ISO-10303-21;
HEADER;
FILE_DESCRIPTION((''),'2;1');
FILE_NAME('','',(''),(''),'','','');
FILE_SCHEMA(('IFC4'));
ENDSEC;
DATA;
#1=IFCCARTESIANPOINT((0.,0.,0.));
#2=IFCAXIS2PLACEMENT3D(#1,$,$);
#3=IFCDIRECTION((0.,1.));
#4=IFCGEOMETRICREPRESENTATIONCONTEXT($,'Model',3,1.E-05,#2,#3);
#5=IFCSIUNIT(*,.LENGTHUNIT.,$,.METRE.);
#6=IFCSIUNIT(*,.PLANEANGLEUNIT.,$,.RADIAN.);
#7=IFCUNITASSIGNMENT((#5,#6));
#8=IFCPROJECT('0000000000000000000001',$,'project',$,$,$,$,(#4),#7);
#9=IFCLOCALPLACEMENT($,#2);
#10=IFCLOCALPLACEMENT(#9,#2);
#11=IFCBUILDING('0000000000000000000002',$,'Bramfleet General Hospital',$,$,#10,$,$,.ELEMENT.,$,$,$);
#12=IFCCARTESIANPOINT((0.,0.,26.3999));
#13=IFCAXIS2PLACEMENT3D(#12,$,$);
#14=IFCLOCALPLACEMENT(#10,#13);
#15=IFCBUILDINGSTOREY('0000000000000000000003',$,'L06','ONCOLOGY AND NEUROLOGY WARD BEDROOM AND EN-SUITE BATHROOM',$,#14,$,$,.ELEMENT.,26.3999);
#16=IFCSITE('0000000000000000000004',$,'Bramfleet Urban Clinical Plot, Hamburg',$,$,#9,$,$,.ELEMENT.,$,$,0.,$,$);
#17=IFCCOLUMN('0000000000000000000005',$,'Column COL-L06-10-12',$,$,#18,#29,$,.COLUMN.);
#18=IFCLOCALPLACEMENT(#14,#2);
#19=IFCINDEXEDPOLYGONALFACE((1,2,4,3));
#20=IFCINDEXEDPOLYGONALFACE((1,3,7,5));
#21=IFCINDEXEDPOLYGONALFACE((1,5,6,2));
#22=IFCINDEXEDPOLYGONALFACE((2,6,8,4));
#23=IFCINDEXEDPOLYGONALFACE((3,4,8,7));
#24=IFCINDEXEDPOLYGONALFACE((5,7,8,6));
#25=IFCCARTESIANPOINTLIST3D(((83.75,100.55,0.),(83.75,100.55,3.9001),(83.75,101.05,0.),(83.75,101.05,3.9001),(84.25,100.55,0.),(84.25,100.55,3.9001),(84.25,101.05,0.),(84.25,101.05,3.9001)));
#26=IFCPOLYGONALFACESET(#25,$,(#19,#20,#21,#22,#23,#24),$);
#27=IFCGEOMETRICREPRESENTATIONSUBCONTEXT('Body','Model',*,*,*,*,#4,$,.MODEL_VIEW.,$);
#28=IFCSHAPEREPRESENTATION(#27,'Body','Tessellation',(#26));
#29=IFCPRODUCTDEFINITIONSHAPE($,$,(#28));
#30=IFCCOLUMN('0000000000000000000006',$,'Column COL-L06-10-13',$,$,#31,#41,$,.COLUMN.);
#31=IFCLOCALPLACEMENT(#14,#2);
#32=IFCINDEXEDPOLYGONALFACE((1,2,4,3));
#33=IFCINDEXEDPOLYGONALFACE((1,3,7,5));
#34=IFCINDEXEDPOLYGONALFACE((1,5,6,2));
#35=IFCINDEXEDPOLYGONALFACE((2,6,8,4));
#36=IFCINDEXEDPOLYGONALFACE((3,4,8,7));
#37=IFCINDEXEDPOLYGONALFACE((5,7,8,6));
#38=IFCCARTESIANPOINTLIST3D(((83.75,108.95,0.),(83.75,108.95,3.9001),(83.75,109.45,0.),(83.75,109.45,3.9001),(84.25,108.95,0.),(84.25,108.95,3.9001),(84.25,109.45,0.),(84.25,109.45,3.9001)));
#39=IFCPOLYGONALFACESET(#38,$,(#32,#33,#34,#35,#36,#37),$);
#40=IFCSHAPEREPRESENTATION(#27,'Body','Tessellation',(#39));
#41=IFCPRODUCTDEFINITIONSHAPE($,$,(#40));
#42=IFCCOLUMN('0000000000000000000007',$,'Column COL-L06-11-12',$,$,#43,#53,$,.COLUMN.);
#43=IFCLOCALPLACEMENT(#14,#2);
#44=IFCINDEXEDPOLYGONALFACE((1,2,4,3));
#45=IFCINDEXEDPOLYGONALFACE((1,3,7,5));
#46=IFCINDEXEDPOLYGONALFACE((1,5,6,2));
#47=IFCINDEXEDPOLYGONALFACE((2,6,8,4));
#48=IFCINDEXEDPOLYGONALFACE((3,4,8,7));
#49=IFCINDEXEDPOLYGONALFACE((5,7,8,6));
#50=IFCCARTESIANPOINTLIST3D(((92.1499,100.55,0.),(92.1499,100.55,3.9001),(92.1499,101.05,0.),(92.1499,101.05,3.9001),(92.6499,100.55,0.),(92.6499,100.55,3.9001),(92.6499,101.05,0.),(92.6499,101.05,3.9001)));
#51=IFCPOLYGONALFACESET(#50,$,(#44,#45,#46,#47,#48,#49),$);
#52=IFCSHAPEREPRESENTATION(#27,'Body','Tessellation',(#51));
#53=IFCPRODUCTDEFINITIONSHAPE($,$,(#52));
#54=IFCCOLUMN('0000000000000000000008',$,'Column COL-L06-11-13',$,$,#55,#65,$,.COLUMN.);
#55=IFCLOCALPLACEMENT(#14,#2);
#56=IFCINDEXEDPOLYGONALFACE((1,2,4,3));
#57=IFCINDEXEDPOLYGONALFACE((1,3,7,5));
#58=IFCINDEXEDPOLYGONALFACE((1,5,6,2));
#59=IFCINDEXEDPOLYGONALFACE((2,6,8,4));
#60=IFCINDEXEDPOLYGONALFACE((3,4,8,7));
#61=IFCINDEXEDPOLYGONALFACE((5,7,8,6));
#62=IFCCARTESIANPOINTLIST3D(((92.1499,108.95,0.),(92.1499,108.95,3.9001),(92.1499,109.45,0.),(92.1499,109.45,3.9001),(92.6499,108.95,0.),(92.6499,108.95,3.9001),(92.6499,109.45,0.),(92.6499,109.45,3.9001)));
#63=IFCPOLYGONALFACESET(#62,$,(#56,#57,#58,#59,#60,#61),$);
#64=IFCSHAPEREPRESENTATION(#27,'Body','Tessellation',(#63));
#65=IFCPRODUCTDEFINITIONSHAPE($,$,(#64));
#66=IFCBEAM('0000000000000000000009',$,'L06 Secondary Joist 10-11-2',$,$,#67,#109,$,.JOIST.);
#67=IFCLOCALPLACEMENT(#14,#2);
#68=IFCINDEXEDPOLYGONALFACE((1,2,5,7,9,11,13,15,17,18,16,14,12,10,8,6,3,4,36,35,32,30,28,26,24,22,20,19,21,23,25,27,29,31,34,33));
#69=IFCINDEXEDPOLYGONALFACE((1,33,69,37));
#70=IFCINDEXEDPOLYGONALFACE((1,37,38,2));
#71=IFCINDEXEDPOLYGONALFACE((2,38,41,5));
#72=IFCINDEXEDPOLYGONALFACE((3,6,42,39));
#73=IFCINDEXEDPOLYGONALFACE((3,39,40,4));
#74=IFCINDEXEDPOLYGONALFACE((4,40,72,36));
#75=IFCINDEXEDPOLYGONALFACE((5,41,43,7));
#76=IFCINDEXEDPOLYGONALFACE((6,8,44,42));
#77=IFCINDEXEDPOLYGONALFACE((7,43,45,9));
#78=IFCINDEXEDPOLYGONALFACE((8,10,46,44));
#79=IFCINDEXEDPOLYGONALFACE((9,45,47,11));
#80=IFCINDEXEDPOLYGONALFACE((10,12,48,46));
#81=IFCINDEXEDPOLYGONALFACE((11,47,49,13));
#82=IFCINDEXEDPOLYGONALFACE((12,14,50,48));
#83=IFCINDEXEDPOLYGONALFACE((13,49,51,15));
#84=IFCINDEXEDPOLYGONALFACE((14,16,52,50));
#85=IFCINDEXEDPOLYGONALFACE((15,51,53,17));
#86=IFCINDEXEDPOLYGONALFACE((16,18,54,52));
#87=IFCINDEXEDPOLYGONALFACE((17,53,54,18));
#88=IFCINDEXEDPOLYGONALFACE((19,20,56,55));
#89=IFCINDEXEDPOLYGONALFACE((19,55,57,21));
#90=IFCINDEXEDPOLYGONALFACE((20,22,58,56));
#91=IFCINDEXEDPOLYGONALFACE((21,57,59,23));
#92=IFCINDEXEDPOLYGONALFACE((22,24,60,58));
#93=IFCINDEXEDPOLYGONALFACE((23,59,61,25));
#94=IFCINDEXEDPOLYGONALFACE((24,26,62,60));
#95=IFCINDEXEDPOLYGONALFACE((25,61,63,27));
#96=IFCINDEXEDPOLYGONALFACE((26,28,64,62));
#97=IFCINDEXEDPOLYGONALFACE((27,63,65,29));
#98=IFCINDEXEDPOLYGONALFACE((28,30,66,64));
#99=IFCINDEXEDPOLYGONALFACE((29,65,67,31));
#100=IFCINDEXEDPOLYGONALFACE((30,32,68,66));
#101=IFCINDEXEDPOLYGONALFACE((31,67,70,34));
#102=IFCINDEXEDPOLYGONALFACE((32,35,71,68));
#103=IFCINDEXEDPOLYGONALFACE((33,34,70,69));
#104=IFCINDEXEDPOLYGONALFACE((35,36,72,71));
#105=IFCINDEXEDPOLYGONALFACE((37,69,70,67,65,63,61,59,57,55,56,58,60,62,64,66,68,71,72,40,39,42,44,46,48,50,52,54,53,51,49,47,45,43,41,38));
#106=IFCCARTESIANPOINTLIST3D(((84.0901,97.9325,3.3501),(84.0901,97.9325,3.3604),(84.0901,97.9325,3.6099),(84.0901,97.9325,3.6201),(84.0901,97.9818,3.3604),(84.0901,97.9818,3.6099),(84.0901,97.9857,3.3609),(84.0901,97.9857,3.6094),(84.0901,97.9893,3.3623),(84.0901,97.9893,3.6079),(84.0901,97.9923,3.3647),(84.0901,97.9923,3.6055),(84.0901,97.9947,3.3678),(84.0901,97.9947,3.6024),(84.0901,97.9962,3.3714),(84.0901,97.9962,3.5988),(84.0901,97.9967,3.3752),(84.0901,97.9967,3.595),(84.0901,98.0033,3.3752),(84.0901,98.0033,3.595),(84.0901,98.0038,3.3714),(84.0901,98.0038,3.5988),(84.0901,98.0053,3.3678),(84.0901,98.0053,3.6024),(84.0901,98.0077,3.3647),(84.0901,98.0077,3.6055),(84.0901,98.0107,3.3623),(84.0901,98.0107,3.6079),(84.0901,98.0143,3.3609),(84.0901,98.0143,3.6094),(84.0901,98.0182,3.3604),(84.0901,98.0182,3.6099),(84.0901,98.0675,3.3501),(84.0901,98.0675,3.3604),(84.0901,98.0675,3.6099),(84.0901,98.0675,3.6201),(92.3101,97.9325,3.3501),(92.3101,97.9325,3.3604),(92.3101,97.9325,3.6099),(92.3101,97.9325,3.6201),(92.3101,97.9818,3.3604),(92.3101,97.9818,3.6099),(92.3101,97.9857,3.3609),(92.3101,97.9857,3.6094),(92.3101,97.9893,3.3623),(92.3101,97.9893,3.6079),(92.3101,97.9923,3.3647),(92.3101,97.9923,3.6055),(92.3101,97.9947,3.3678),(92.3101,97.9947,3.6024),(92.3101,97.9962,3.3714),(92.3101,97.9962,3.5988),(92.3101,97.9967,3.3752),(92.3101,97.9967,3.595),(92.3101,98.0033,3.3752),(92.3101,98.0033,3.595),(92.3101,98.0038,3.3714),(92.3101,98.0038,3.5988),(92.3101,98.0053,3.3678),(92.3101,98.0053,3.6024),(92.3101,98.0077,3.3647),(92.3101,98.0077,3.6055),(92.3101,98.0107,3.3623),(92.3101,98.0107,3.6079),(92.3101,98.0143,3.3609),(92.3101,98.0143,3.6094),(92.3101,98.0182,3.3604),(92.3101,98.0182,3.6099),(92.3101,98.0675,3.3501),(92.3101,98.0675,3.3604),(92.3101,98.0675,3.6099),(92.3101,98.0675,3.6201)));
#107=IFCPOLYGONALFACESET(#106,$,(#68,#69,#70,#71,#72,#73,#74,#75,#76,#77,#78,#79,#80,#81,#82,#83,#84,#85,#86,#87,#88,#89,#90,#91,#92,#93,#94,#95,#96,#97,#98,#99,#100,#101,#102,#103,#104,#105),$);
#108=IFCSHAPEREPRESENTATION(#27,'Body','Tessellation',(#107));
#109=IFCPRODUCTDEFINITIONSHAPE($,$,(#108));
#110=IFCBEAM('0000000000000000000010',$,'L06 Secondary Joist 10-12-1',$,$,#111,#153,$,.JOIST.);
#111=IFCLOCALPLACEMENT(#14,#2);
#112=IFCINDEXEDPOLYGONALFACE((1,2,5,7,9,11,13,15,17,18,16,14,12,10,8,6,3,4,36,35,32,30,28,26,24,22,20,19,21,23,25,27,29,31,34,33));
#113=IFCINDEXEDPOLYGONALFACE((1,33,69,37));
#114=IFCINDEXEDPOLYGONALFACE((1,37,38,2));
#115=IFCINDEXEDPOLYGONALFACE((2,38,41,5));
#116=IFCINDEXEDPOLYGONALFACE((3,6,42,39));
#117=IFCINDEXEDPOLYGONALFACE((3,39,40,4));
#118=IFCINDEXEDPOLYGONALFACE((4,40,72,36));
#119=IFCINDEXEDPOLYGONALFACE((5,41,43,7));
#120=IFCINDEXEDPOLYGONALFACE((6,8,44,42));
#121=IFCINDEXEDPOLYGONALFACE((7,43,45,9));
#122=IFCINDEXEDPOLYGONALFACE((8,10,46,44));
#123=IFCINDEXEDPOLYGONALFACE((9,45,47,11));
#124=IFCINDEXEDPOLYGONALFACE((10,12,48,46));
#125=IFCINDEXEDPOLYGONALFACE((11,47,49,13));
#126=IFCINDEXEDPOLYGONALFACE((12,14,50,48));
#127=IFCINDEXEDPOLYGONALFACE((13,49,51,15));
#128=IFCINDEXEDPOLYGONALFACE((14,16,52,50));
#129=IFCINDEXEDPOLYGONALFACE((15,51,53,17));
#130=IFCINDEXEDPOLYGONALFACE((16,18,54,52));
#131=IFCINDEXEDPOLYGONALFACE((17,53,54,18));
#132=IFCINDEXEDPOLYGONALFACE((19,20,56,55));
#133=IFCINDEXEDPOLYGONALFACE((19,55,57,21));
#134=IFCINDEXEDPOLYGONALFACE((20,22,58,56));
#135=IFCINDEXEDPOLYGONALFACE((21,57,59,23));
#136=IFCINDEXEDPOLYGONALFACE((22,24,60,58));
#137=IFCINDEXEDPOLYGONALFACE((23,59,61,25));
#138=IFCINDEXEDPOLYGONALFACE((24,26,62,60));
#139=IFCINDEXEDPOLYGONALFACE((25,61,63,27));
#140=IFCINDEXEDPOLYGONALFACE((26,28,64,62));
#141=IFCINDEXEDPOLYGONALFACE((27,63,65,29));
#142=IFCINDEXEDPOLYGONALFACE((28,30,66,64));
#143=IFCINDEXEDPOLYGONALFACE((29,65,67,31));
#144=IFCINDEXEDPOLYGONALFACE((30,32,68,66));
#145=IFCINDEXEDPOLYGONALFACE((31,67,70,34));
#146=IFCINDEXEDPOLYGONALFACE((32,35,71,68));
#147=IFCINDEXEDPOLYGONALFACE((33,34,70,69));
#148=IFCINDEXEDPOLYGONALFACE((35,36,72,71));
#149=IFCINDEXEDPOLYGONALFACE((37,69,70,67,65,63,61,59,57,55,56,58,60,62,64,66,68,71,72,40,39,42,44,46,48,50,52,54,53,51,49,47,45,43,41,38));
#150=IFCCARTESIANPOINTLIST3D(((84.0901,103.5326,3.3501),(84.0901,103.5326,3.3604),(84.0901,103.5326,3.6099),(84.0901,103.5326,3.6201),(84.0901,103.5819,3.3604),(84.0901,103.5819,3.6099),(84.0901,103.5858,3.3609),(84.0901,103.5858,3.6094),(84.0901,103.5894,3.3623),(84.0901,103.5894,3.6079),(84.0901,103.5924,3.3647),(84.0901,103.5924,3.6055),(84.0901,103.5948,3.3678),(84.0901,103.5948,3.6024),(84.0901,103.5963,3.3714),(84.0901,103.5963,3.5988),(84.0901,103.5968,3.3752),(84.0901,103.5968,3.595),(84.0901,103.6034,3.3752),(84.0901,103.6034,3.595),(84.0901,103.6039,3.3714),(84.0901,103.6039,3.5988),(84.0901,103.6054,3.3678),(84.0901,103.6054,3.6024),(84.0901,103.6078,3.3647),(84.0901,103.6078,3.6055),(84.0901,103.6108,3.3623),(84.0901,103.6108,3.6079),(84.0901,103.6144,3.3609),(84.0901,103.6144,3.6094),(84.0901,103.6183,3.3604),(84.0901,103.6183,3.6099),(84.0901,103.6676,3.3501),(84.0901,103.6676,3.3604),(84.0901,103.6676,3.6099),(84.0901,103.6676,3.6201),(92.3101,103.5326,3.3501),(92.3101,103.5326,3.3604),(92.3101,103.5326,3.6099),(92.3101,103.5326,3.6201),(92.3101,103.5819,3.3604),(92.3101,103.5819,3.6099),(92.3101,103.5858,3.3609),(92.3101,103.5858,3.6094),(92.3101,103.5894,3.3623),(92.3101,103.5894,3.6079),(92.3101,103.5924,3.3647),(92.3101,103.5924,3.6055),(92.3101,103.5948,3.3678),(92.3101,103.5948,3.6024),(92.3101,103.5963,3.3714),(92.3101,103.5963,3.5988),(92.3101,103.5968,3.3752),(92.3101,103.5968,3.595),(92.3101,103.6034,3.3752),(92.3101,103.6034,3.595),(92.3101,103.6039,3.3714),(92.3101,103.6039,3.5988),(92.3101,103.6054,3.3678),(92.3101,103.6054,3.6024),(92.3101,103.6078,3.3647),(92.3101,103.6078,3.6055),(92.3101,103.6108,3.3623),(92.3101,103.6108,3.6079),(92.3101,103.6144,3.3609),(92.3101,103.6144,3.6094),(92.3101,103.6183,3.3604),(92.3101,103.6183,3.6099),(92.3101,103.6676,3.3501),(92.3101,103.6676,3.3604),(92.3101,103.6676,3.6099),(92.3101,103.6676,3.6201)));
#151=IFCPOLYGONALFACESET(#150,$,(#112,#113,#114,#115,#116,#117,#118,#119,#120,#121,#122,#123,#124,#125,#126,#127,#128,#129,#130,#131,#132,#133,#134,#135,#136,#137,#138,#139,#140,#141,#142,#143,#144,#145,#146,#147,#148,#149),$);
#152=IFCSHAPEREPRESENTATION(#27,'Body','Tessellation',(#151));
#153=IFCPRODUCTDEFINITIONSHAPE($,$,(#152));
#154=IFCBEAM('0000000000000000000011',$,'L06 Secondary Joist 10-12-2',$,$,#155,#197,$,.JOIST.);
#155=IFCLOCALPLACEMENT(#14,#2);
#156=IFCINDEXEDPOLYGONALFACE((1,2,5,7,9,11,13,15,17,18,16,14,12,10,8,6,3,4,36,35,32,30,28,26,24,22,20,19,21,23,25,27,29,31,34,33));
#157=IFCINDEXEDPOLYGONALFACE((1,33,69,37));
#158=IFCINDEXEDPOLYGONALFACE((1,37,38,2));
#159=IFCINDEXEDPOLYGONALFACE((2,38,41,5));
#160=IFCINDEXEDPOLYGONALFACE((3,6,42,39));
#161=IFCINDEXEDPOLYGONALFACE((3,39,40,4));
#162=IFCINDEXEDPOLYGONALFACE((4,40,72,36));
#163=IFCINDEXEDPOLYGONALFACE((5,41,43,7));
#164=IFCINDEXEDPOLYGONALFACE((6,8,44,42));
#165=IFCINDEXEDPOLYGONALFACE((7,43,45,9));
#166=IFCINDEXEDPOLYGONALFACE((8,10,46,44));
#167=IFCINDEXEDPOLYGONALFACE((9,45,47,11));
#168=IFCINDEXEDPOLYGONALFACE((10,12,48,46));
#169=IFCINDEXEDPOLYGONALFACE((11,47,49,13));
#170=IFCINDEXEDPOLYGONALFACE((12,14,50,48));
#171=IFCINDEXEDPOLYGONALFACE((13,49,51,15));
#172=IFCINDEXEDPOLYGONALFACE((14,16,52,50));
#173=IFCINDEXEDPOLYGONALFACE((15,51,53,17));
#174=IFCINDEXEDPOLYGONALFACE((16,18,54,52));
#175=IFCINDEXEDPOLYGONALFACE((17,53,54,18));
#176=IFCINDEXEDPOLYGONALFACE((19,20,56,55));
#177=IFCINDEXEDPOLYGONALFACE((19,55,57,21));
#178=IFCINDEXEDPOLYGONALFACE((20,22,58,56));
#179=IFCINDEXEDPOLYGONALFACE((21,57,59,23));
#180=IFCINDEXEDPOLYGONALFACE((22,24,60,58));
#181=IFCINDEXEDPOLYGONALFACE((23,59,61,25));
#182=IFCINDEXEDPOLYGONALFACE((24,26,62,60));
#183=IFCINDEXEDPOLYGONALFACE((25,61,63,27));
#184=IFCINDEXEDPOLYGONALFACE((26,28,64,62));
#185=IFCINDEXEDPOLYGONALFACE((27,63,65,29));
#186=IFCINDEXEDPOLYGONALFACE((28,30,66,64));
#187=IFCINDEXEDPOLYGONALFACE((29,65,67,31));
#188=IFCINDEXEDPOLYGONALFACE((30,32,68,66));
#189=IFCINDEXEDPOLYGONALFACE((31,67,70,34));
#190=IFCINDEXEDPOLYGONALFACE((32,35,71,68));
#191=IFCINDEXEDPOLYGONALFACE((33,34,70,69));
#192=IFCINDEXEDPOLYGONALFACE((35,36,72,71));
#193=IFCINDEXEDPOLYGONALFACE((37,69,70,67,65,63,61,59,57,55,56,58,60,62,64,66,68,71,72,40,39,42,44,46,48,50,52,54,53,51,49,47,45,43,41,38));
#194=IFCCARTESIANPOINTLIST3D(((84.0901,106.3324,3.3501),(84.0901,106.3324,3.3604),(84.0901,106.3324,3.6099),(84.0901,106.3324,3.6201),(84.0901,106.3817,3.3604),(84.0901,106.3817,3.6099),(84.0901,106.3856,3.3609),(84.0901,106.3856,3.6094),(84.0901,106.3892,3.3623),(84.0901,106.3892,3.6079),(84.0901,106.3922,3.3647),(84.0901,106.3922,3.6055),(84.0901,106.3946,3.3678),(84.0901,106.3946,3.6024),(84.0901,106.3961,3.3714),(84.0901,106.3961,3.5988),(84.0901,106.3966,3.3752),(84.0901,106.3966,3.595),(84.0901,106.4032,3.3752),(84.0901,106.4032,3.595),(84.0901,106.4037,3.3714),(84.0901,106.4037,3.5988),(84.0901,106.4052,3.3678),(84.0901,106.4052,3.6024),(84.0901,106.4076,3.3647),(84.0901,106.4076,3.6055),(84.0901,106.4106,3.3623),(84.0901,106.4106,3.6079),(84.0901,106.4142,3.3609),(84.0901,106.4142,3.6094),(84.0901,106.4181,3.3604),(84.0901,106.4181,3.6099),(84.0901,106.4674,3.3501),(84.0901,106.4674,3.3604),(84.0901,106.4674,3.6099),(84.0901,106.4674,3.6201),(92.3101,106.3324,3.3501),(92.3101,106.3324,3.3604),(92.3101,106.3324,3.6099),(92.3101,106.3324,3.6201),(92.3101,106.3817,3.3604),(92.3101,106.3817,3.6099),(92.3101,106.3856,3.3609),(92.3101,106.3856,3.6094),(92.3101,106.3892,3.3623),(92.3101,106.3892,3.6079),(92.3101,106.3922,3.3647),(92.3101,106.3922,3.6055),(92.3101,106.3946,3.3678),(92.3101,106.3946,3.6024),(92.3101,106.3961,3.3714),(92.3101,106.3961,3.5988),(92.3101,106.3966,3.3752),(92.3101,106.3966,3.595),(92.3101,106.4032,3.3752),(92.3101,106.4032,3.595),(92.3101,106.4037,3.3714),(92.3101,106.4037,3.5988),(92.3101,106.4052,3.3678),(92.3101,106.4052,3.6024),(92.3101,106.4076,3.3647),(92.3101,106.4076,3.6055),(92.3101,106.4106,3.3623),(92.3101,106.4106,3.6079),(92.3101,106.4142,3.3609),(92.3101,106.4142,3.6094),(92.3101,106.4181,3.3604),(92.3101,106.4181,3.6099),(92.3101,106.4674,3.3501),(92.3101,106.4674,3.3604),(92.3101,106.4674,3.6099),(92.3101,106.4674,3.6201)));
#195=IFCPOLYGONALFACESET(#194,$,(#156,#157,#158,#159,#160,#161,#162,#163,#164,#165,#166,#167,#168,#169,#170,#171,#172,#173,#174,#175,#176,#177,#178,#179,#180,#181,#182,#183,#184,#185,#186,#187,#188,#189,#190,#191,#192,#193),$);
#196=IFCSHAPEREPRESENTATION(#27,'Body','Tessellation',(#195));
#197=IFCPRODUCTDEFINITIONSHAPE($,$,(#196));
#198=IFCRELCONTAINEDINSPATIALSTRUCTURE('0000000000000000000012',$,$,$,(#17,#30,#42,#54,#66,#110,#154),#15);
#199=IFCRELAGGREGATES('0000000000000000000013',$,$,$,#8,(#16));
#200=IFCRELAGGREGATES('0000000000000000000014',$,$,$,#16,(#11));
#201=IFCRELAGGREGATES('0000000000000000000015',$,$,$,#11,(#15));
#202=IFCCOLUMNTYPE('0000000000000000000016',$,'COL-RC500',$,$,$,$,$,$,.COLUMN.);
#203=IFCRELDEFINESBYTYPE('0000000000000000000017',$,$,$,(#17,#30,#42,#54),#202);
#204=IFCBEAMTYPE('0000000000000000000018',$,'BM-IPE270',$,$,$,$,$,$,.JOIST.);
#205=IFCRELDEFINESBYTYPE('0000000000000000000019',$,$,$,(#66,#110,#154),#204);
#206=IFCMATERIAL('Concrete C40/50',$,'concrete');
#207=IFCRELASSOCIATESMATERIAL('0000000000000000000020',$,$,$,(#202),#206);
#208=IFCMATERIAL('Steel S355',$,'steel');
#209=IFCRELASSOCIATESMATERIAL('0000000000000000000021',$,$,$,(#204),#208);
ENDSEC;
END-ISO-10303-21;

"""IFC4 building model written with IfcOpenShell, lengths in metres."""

from ifc_helpers import new_model, si_unit, direction, frame, origin, origin_2d, place, context, subcontext, project, spatial, rectangle, i_section, extrude, material, material_profile, profile_set, type_object, element, save


model = new_model("IFC4")

# Units and contexts
model_context = context("Model", 3, precision=1e-05, world=origin(), true_north=direction((0.0, 1.0)))
body_context = subcontext(model_context, "Body", "Model", "MODEL_VIEW")
ifc_project = project(units=[si_unit("LENGTHUNIT", "METRE"), si_unit("PLANEANGLEUNIT", "RADIAN")], contexts=[model_context])

# Site, building, storey
site_placement = place(None, origin())
site = spatial("IfcSite", under=ifc_project, at=site_placement, Name="Bramfleet Urban Clinical Plot, Hamburg", CompositionType="ELEMENT", RefElevation=0.0)
building_placement = place(site_placement, origin())
building = spatial("IfcBuilding", under=site, at=building_placement, Name="Bramfleet General Hospital", CompositionType="ELEMENT")
storey_placement = place(building_placement, frame((0.0, 0.0, 26.3999)))
storey = spatial("IfcBuildingStorey", under=building, at=storey_placement, Name="L06", Description="ONCOLOGY AND NEUROLOGY WARD BEDROOM AND EN-SUITE BATHROOM", CompositionType="ELEMENT", Elevation=26.3999)

# Columns
ifc_material_1 = material(Name="Concrete C40/50", Category="concrete")
ifc_material_profile_1 = material_profile(ifc_material_1, rectangle(XDim=0.5, YDim=0.5, at=origin_2d()), Name="RC COL 500x500")
ifc_profile_set_1 = profile_set([ifc_material_profile_1], Name="Concrete C40/50")
column_type = type_object("IfcColumnType", Name="COL-RC500", PredefinedType="COLUMN", material=ifc_profile_set_1)
for number, where, z_axis, x_axis, name in (
    (1, (84.0, 100.8, 0.0), (0.0, 0.0, 1.0), (1.0, 0.0, 0.0), "Column COL-L06-10-12"),
    (2, (84.0, 109.2, 0.0), (0.0, 0.0, 1.0), (1.0, 0.0, 0.0), "Column COL-L06-10-13"),
    (3, (92.3999, 100.8, 0.0), (0.0, 0.0, 1.0), (1.0, 0.0, 0.0), "Column COL-L06-11-12"),
    (4, (92.3999, 109.2, 0.0), (0.0, 0.0, 1.0), (1.0, 0.0, 0.0), "Column COL-L06-11-13"),
):
    element("IfcColumn", number, at=place(storey_placement, frame(where, z_axis=z_axis, x_axis=x_axis)), inside=storey, type_object=column_type, Name=name, PredefinedType="COLUMN", context=body_context, shape_type="SweptSolid", body=[
        extrude(rectangle(XDim=0.5, YDim=0.5, at=origin_2d()), origin(), (0.0, 0.0, 1.0), 3.9001),
    ])

# Beams
ifc_material_2 = material(Name="Steel S355", Category="steel")
ifc_material_profile_2 = material_profile(ifc_material_2, i_section(OverallWidth=0.135, OverallDepth=0.27, WebThickness=0.0066, FlangeThickness=0.0103, FilletRadius=0.0149, at=origin_2d()), Name="IPE 270")
ifc_profile_set_2 = profile_set([ifc_material_profile_2], Name="Steel S355")
beam_type_1 = type_object("IfcBeamType", Name="BM-IPE270", PredefinedType="JOIST", material=ifc_profile_set_2)
for number, where, z_axis, x_axis, name in (
    (5, (84.0901, 98.0, 3.4851), (1.0, 0.0, 0.0), (0.0, 1.0, 0.0), "L06 Secondary Joist 10-11-2"),
    (6, (84.0901, 103.6001, 3.4851), (1.0, 0.0, 0.0), (0.0, 1.0, 0.0), "L06 Secondary Joist 10-12-1"),
    (7, (84.0901, 106.3999, 3.4851), (1.0, 0.0, 0.0), (0.0, 1.0, 0.0), "L06 Secondary Joist 10-12-2"),
):
    element("IfcBeam", number, at=place(storey_placement, frame(where, z_axis=z_axis, x_axis=x_axis)), inside=storey, type_object=beam_type_1, Name=name, PredefinedType="JOIST", context=body_context, shape_type="SweptSolid", body=[
        extrude(i_section(OverallWidth=0.135, OverallDepth=0.27, WebThickness=0.0066, FlangeThickness=0.0103, FilletRadius=0.0149, at=origin_2d()), origin(), (0.0, 0.0, 1.0), 8.22),
    ])

save(model, "model.ifc")
